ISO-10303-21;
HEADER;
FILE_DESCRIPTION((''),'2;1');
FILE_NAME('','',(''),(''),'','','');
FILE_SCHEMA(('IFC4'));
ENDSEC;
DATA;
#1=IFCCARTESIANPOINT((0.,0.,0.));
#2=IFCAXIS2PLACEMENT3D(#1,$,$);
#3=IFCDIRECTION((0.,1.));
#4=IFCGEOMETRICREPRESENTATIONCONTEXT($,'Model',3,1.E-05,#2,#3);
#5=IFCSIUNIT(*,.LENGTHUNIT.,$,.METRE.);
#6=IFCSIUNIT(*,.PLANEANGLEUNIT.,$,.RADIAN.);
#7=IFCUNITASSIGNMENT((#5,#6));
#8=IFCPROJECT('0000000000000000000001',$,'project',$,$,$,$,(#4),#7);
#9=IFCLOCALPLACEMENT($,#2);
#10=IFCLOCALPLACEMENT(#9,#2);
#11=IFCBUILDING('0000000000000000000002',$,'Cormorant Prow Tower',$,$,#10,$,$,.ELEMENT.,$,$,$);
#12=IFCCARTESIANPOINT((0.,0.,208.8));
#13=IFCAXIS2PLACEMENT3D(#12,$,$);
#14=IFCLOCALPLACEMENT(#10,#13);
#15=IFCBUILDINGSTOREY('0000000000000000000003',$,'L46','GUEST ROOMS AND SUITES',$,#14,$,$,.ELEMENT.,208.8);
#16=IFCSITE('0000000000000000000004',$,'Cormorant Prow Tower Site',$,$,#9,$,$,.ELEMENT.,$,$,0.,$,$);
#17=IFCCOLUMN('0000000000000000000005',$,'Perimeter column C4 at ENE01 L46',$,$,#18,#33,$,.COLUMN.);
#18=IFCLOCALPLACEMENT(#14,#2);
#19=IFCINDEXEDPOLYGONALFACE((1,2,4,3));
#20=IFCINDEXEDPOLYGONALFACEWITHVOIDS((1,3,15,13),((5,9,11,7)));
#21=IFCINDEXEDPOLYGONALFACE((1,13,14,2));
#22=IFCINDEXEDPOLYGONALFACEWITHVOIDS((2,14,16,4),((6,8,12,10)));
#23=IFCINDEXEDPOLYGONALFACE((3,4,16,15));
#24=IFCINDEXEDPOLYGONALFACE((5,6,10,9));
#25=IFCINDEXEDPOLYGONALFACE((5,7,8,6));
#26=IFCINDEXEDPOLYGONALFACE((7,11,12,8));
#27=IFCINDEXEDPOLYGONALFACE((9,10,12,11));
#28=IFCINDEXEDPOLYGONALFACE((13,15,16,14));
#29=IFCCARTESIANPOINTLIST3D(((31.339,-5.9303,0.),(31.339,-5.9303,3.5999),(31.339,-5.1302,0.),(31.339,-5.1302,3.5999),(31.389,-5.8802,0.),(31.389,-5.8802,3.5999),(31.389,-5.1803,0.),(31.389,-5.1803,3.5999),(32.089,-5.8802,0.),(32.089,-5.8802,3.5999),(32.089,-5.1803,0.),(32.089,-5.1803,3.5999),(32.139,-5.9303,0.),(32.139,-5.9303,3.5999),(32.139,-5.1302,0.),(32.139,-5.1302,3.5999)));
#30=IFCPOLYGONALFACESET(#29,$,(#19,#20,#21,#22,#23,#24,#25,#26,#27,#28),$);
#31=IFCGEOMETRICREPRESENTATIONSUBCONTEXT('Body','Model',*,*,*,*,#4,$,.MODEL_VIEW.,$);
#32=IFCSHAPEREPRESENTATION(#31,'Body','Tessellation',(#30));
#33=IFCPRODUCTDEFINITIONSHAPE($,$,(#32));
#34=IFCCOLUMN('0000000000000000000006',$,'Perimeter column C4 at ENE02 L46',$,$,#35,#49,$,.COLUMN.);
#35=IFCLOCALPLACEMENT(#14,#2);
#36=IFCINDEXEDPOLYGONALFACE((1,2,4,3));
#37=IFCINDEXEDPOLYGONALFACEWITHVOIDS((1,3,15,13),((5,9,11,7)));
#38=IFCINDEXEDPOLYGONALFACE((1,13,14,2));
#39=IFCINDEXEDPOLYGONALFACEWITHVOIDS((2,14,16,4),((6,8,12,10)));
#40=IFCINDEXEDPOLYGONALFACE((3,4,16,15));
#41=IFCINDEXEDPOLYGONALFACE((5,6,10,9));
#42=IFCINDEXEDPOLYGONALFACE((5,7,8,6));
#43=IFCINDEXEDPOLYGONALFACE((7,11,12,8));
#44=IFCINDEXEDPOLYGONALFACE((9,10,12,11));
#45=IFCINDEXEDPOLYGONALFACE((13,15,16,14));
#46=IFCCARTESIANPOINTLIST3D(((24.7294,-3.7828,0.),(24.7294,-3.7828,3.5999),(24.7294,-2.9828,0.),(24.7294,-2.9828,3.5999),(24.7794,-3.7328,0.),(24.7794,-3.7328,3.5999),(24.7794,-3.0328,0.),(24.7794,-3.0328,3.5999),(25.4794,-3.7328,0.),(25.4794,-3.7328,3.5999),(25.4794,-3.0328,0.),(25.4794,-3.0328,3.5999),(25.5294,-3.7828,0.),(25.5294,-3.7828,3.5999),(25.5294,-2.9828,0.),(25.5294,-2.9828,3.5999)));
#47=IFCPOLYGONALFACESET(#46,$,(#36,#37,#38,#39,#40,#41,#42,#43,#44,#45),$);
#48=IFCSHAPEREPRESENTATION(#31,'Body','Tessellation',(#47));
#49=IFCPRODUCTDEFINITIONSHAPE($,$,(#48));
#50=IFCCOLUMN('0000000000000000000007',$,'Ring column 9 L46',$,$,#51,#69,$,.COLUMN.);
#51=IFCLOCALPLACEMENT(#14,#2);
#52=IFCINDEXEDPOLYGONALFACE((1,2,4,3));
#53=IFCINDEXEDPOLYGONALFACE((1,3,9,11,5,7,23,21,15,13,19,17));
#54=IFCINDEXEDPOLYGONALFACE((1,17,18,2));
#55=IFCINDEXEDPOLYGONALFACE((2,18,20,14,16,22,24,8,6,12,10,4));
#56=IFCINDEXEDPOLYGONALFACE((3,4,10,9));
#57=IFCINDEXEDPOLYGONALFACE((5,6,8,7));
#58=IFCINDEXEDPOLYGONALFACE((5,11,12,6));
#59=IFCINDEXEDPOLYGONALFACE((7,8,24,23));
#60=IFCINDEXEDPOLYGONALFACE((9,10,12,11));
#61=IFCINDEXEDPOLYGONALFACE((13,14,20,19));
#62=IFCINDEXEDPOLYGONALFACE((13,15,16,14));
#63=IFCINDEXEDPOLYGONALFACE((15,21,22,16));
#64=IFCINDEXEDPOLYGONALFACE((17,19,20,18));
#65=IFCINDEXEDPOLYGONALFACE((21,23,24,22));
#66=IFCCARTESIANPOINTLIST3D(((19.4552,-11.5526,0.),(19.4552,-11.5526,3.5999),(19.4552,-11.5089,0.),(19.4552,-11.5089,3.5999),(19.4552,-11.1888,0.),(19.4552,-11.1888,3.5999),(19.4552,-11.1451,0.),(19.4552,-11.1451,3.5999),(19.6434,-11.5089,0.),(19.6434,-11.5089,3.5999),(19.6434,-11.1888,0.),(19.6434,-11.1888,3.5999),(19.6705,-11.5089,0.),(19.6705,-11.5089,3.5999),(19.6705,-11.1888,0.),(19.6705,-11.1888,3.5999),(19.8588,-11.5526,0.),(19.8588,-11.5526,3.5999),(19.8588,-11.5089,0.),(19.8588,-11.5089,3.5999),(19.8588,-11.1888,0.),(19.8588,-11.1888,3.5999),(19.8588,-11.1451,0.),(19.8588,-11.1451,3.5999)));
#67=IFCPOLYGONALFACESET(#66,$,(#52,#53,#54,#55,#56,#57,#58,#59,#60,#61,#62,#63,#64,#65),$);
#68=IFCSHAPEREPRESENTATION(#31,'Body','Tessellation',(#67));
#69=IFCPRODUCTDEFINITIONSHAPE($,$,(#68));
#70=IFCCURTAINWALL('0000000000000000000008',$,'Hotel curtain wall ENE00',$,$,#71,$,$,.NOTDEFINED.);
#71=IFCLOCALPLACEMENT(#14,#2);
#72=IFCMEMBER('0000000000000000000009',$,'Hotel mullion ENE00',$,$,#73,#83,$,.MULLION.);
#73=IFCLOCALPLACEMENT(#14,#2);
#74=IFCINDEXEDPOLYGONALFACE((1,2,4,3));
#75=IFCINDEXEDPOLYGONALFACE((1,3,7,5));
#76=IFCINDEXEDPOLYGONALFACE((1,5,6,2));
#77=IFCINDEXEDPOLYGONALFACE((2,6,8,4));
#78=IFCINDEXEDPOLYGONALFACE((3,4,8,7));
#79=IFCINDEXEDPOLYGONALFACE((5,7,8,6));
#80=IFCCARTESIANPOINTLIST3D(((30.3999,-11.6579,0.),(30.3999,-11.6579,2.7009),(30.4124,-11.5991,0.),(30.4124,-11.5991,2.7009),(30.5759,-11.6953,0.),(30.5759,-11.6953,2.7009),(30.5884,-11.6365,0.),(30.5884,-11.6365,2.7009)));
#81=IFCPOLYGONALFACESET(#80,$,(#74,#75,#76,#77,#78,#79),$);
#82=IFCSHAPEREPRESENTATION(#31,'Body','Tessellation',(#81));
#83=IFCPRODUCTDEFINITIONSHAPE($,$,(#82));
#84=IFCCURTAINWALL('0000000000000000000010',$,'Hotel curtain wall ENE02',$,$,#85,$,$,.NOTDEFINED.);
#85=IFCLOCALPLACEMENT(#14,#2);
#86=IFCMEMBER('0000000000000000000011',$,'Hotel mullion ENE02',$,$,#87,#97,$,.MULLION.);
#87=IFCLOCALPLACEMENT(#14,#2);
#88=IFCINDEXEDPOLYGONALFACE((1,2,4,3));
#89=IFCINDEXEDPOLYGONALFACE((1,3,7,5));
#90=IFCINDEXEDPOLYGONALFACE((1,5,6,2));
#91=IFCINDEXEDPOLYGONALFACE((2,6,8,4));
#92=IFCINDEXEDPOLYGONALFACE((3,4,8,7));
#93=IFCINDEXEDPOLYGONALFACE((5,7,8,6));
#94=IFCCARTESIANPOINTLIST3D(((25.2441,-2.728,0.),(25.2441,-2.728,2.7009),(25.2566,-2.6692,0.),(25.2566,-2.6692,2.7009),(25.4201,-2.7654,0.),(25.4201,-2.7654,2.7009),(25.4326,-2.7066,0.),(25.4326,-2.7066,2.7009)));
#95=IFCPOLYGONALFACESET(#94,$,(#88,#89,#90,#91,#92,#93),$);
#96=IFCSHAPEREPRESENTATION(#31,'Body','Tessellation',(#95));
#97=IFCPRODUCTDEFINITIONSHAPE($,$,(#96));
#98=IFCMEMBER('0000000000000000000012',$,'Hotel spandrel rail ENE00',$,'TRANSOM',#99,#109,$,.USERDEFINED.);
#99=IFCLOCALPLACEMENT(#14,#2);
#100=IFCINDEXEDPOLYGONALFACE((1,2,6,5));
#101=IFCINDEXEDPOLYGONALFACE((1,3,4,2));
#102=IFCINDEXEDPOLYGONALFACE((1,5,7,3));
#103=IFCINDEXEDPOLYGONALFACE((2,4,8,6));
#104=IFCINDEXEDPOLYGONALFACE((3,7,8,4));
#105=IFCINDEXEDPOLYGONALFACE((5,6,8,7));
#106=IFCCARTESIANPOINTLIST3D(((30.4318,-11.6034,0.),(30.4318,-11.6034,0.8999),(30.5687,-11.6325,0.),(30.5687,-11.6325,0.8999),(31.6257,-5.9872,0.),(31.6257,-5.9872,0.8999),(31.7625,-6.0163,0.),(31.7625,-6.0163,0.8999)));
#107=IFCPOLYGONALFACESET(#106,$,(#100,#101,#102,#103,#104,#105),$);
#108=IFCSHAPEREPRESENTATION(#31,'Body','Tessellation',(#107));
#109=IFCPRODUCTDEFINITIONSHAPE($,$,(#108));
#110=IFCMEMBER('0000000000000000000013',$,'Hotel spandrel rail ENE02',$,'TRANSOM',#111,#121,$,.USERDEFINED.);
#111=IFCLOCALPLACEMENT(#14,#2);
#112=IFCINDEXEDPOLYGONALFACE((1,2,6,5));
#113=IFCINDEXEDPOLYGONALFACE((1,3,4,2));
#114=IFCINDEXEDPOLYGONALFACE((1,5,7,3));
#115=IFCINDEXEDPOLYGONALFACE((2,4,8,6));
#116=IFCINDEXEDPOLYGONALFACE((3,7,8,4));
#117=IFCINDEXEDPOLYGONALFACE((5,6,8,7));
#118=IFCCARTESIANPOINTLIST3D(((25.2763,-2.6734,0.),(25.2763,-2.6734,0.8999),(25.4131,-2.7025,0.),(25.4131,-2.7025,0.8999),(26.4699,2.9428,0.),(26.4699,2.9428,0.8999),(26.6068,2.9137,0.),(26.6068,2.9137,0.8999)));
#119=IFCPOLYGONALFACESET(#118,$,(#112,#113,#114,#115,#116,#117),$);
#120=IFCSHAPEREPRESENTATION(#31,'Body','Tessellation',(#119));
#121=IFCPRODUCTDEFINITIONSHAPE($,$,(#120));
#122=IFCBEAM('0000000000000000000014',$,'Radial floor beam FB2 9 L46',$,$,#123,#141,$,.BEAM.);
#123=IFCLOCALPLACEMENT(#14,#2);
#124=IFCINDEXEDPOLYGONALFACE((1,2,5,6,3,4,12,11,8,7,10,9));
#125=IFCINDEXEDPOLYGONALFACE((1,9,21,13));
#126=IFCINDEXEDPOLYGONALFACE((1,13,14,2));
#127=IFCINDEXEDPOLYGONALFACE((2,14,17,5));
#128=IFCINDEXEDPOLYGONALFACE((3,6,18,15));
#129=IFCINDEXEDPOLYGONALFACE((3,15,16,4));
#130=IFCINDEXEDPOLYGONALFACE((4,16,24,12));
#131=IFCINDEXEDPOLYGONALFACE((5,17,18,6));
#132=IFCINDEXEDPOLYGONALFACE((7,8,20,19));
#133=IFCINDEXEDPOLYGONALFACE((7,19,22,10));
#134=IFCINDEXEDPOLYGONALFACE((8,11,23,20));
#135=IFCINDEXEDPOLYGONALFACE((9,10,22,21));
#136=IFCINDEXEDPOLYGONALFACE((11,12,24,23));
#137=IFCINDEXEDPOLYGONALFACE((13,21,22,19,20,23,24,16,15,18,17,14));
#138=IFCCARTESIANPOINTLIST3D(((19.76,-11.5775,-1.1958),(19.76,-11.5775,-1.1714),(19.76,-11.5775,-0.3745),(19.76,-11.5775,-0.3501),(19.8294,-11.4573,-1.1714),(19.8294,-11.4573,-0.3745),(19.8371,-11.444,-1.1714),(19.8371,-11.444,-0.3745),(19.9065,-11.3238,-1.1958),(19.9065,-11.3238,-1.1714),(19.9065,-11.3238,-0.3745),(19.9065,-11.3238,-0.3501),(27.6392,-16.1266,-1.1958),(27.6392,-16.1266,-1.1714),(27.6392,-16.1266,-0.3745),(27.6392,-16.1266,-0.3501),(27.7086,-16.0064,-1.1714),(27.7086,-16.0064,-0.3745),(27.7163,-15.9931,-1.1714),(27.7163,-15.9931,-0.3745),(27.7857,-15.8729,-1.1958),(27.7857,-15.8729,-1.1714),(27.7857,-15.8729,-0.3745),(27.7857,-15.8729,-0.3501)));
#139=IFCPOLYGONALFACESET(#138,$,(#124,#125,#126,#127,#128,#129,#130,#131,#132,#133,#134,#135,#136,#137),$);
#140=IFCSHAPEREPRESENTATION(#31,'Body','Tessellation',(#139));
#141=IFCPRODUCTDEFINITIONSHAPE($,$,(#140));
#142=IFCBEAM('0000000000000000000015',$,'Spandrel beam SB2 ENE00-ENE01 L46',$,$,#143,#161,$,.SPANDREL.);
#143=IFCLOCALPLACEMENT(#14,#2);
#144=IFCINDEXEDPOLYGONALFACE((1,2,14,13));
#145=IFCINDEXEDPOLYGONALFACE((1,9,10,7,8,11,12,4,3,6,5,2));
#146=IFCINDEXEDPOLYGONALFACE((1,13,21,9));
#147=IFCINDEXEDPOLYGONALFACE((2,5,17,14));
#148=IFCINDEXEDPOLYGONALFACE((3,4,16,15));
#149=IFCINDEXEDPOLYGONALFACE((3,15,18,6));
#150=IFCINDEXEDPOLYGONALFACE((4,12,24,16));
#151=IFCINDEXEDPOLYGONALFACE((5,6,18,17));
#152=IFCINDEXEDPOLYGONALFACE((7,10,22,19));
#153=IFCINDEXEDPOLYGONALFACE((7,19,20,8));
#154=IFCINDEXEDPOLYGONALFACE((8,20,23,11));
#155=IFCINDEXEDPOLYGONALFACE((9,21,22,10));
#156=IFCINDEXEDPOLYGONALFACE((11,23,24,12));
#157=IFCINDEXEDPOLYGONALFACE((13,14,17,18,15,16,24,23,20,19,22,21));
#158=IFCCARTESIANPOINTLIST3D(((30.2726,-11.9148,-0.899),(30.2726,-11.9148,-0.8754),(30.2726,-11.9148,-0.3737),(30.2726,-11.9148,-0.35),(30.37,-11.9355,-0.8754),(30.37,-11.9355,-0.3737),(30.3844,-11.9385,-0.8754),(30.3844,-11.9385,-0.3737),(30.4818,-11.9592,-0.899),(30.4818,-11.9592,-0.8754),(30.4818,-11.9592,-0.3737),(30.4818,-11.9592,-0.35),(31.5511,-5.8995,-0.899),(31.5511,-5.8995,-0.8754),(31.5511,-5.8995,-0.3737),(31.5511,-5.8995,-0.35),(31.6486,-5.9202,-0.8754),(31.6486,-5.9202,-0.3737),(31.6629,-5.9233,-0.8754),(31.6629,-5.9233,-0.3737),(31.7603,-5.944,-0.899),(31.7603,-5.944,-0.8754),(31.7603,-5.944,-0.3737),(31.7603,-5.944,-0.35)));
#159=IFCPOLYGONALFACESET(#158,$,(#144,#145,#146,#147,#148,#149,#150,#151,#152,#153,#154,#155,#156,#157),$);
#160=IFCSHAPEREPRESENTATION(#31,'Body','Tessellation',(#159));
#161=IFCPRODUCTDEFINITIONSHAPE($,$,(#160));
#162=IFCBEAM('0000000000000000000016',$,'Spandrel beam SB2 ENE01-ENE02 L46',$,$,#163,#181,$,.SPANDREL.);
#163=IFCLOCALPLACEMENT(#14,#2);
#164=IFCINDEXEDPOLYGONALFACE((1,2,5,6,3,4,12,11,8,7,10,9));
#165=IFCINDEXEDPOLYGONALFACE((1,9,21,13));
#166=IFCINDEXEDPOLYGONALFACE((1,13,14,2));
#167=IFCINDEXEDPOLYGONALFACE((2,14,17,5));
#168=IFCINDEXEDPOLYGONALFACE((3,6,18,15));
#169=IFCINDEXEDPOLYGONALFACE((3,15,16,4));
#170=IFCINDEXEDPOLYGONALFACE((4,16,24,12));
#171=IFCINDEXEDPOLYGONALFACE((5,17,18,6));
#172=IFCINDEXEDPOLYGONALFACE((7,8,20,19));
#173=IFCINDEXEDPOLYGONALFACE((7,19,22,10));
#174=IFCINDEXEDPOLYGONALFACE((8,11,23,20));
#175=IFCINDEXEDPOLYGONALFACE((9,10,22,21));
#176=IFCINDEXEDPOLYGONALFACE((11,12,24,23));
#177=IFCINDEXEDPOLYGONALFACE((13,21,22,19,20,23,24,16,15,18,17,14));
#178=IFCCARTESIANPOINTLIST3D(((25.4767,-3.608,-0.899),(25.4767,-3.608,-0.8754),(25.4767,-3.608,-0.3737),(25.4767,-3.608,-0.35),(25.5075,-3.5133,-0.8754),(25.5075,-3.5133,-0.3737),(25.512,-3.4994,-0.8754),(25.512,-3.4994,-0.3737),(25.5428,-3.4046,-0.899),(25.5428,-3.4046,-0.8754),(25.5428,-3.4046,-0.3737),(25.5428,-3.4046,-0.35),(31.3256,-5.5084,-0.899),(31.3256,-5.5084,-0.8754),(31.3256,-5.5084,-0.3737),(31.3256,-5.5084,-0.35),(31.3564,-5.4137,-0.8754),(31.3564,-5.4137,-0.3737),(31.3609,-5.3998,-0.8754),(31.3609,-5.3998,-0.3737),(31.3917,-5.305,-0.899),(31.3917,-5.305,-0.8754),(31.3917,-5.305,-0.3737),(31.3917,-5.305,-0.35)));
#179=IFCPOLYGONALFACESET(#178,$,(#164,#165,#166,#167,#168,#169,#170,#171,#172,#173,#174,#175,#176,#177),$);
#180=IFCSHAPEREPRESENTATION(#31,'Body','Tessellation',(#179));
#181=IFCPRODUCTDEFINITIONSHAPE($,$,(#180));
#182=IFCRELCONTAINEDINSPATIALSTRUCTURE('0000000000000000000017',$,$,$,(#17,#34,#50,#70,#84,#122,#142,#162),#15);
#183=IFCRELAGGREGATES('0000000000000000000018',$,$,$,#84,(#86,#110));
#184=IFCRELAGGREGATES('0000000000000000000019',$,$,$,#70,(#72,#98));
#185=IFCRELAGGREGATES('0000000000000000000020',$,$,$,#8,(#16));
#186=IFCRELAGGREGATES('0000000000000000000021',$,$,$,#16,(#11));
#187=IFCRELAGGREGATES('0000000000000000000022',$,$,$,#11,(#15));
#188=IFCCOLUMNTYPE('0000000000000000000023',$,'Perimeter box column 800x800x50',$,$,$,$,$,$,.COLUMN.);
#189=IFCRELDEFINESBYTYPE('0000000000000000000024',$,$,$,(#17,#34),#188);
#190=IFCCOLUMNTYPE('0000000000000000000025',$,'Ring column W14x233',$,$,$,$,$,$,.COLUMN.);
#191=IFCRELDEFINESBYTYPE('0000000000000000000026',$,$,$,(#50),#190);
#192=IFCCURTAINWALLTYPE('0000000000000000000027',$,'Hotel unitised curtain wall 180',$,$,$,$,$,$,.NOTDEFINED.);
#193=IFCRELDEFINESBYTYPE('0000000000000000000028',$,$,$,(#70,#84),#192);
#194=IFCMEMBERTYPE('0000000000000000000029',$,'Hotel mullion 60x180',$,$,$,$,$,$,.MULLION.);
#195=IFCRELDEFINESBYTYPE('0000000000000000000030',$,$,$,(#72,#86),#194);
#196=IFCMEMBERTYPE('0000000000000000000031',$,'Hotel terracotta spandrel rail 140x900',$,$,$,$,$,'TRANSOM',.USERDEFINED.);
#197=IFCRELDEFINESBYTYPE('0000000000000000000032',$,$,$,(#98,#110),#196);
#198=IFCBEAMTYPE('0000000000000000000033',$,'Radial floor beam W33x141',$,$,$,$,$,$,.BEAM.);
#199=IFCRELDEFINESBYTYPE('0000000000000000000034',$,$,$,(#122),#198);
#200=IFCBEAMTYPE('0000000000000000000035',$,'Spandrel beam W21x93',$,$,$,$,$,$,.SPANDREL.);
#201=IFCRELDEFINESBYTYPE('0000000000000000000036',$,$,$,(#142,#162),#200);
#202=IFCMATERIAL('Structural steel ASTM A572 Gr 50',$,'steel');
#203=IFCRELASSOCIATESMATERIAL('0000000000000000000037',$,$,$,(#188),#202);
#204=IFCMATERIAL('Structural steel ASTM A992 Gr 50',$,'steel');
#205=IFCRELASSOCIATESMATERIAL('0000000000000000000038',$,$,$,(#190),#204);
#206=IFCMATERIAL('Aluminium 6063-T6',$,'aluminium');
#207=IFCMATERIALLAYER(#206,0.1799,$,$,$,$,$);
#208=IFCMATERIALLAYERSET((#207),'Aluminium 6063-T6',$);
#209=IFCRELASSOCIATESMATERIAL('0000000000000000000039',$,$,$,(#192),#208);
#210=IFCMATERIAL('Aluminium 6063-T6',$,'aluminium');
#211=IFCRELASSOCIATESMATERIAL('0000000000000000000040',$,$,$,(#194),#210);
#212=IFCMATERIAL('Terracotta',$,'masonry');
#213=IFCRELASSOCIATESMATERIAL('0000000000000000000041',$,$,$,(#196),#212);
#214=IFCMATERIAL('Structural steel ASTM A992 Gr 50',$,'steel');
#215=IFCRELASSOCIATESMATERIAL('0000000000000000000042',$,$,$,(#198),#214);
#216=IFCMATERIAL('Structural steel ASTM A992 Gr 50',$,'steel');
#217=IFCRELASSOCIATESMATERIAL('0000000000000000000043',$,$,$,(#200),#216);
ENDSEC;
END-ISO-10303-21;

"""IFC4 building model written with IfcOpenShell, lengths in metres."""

from ifc_helpers import new_model, si_unit, direction, frame, origin, origin_2d, place, context, subcontext, project, spatial, rectangle, hollow_rectangle, i_section, extrude, material, layer, layer_set, material_profile, profile_set, type_object, element, aggregate, save


model = new_model("IFC4")

# Units and contexts
model_context = context("Model", 3, precision=1e-05, world=origin(), true_north=direction((0.0, 1.0)))
body_context = subcontext(model_context, "Body", "Model", "MODEL_VIEW")
ifc_project = project(units=[si_unit("LENGTHUNIT", "METRE"), si_unit("PLANEANGLEUNIT", "RADIAN")], contexts=[model_context])

# Site, building, storey
site_placement = place(None, origin())
site = spatial("IfcSite", under=ifc_project, at=site_placement, Name="Cormorant Prow Tower Site", CompositionType="ELEMENT", RefElevation=0.0)
building_placement = place(site_placement, origin())
building = spatial("IfcBuilding", under=site, at=building_placement, Name="Cormorant Prow Tower", CompositionType="ELEMENT")
storey_placement = place(building_placement, frame((0.0, 0.0, 208.8)))
storey = spatial("IfcBuildingStorey", under=building, at=storey_placement, Name="L46", Description="GUEST ROOMS AND SUITES", CompositionType="ELEMENT", Elevation=208.8)

# Columns
ifc_material_1 = material(Name="Structural steel ASTM A572 Gr 50", Category="steel")
ifc_material_profile_1 = material_profile(ifc_material_1, hollow_rectangle(XDim=0.8, YDim=0.8, WallThickness=0.05, at=origin_2d()), Name="Box 800x800x50")
ifc_profile_set_1 = profile_set([ifc_material_profile_1], Name="Structural steel ASTM A572 Gr 50")
column_type_1 = type_object("IfcColumnType", Name="Perimeter box column 800x800x50", PredefinedType="COLUMN", material=ifc_profile_set_1)
for number, where, z_axis, x_axis, name in (
    (1, (31.739, -5.5303, 0.0), (0.0, 0.0, 1.0), (1.0, 0.0, 0.0), "Perimeter column C4 at ENE01 L46"),
    (2, (25.1294, -3.3828, 0.0), (0.0, 0.0, 1.0), (1.0, 0.0, 0.0), "Perimeter column C4 at ENE02 L46"),
):
    element("IfcColumn", number, at=place(storey_placement, frame(where, z_axis=z_axis, x_axis=x_axis)), inside=storey, type_object=column_type_1, Name=name, PredefinedType="COLUMN", context=body_context, shape_type="SweptSolid", body=[
        extrude(hollow_rectangle(XDim=0.8, YDim=0.8, WallThickness=0.05, at=origin_2d()), origin(), (0.0, 0.0, 1.0), 3.5999),
    ])
ifc_material_2 = material(Name="Structural steel ASTM A992 Gr 50", Category="steel")
ifc_material_profile_2 = material_profile(ifc_material_2, i_section(OverallWidth=0.4036, OverallDepth=0.4075, WebThickness=0.0271, FlangeThickness=0.0437, at=origin_2d()), Name="W14x233")
ifc_profile_set_2 = profile_set([ifc_material_profile_2], Name="Structural steel ASTM A992 Gr 50")
column_type_2 = type_object("IfcColumnType", Name="Ring column W14x233", PredefinedType="COLUMN", material=ifc_profile_set_2)
column_placement = place(storey_placement, frame((19.657, -11.3489, 0.0), z_axis=(0.0, 0.0, 1.0), x_axis=(1.0, 0.0, 0.0)))
element("IfcColumn", 3, at=column_placement, inside=storey, type_object=column_type_2, Name="Ring column 9 L46", PredefinedType="COLUMN", context=body_context, shape_type="SweptSolid", body=[
    extrude(i_section(OverallWidth=0.4036, OverallDepth=0.4075, WebThickness=0.0271, FlangeThickness=0.0437, at=origin_2d()), origin(), (0.0, 0.0, 1.0), 3.5999),
])

# Curtain walls, members
ifc_material_3 = material(Name="Aluminium 6063-T6", Category="aluminium")
ifc_layer_1 = layer(ifc_material_3, 0.1799)
ifc_layer_set_1 = layer_set([ifc_layer_1], Name="Aluminium 6063-T6")
curtain_wall_type = type_object("IfcCurtainWallType", Name="Hotel unitised curtain wall 180", PredefinedType="NOTDEFINED", material=ifc_layer_set_1)
curtain_wall_1_placement = place(storey_placement, origin())
curtain_wall_1 = element("IfcCurtainWall", 4, at=curtain_wall_1_placement, inside=storey, type_object=curtain_wall_type, Name="Hotel curtain wall ENE00", PredefinedType="NOTDEFINED")
ifc_material_4 = material(Name="Aluminium 6063-T6", Category="aluminium")
ifc_material_profile_3 = material_profile(ifc_material_4, rectangle(XDim=0.1799, YDim=0.0601, at=origin_2d()), Name="Hotel mullion 60x180")
ifc_profile_set_3 = profile_set([ifc_material_profile_3], Name="Aluminium 6063-T6")
member_type_1 = type_object("IfcMemberType", Name="Hotel mullion 60x180", PredefinedType="MULLION", material=ifc_profile_set_3)
member_1_placement = place(storey_placement, frame((30.4941, -11.6472, 0.0), z_axis=(0.0, 0.0, 1.0), x_axis=(-0.978148, 0.207912, 0.0)))
member_1 = element("IfcMember", 5, at=member_1_placement, type_object=member_type_1, Name="Hotel mullion ENE00", PredefinedType="MULLION", context=body_context, shape_type="SweptSolid", body=[
    extrude(rectangle(XDim=0.1799, YDim=0.0601, at=origin_2d()), origin(), (0.0, 0.0, 1.0), 2.7009),
])
curtain_wall_2_placement = place(storey_placement, origin())
curtain_wall_2 = element("IfcCurtainWall", 6, at=curtain_wall_2_placement, inside=storey, type_object=curtain_wall_type, Name="Hotel curtain wall ENE02", PredefinedType="NOTDEFINED")
member_2_placement = place(storey_placement, frame((25.3384, -2.7173, 0.0), z_axis=(0.0, 0.0, 1.0), x_axis=(-0.978148, 0.207912, 0.0)))
member_2 = element("IfcMember", 7, at=member_2_placement, type_object=member_type_1, Name="Hotel mullion ENE02", PredefinedType="MULLION", context=body_context, shape_type="SweptSolid", body=[
    extrude(rectangle(XDim=0.1799, YDim=0.0601, at=origin_2d()), origin(), (0.0, 0.0, 1.0), 2.7009),
])

# Members
ifc_material_5 = material(Name="Terracotta", Category="masonry")
ifc_material_profile_4 = material_profile(ifc_material_5, rectangle(XDim=0.1399, YDim=0.8999, at=origin_2d()), Name="Hotel terracotta spandrel rail 140x900")
ifc_profile_set_4 = profile_set([ifc_material_profile_4], Name="Terracotta")
member_type_2 = type_object("IfcMemberType", Name="Hotel terracotta spandrel rail 140x900", ElementType="TRANSOM", PredefinedType="USERDEFINED", material=ifc_profile_set_4)
member_3_placement = place(storey_placement, frame((30.5002, -11.6179, 0.45), z_axis=(0.207926, 0.978145, 0.0), x_axis=(-0.978145, 0.207926, 0.0)))
member_3 = element("IfcMember", 8, at=member_3_placement, type_object=member_type_2, Name="Hotel spandrel rail ENE00", ObjectType="TRANSOM", PredefinedType="USERDEFINED", context=body_context, shape_type="SweptSolid", body=[
    extrude(rectangle(XDim=0.1399, YDim=0.8999, at=origin_2d()), origin(), (0.0, 0.0, 1.0), 5.7417),
])
member_4_placement = place(storey_placement, frame((25.3447, -2.688, 0.45), z_axis=(0.207885, 0.978153, 0.0), x_axis=(-0.978153, 0.207885, 0.0)))
member_4 = element("IfcMember", 9, at=member_4_placement, type_object=member_type_2, Name="Hotel spandrel rail ENE02", ObjectType="TRANSOM", PredefinedType="USERDEFINED", context=body_context, shape_type="SweptSolid", body=[
    extrude(rectangle(XDim=0.1399, YDim=0.8999, at=origin_2d()), origin(), (0.0, 0.0, 1.0), 5.7417),
])
aggregate(curtain_wall_2, [member_2, member_4])

# Beams
ifc_material_6 = material(Name="Structural steel ASTM A992 Gr 50", Category="steel")
ifc_material_profile_5 = material_profile(ifc_material_6, i_section(OverallWidth=0.293, OverallDepth=0.8457, WebThickness=0.0154, FlangeThickness=0.0244, at=origin_2d()), Name="W33x141")
ifc_profile_set_5 = profile_set([ifc_material_profile_5], Name="Structural steel ASTM A992 Gr 50")
beam_type_1 = type_object("IfcBeamType", Name="Radial floor beam W33x141", PredefinedType="BEAM", material=ifc_profile_set_5)
beam_1_placement = place(storey_placement, frame((19.8333, -11.4507, -0.7729), z_axis=(0.866023, -0.500004, 0.0), x_axis=(0.500004, 0.866023, 0.0)))
element("IfcBeam", 10, at=beam_1_placement, inside=storey, type_object=beam_type_1, Name="Radial floor beam FB2 9 L46", PredefinedType="BEAM", context=body_context, shape_type="SweptSolid", body=[
    extrude(i_section(OverallWidth=0.293, OverallDepth=0.8457, WebThickness=0.0154, FlangeThickness=0.0244, at=origin_2d()), origin(), (0.0, 0.0, 1.0), 9.0981),
])
ifc_material_7 = material(Name="Structural steel ASTM A992 Gr 50", Category="steel")
ifc_material_profile_6 = material_profile(ifc_material_7, i_section(OverallWidth=0.2139, OverallDepth=0.5491, WebThickness=0.0146, FlangeThickness=0.0237, at=origin_2d()), Name="W21x93")
ifc_profile_set_6 = profile_set([ifc_material_profile_6], Name="Structural steel ASTM A992 Gr 50")
beam_type_2 = type_object("IfcBeamType", Name="Spandrel beam W21x93", PredefinedType="SPANDREL", material=ifc_profile_set_6)
beam_2_placement = place(storey_placement, frame((30.3772, -11.937, -0.6245), z_axis=(0.207905, 0.978149, 0.0), x_axis=(-0.978149, 0.207905, 0.0)))
element("IfcBeam", 11, at=beam_2_placement, inside=storey, type_object=beam_type_2, Name="Spandrel beam SB2 ENE00-ENE01 L46", PredefinedType="SPANDREL", context=body_context, shape_type="SweptSolid", body=[
    extrude(i_section(OverallWidth=0.2139, OverallDepth=0.5491, WebThickness=0.0146, FlangeThickness=0.0237, at=origin_2d()), origin(), (0.0, 0.0, 1.0), 6.1497),
])
beam_3_placement = place(storey_placement, frame((31.3586, -5.4067, -0.6245), z_axis=(-0.951058, 0.309013, 0.0), x_axis=(-0.309013, -0.951058, 0.0)))
element("IfcBeam", 12, at=beam_3_placement, inside=storey, type_object=beam_type_2, Name="Spandrel beam SB2 ENE01-ENE02 L46", PredefinedType="SPANDREL", context=body_context, shape_type="SweptSolid", body=[
    extrude(i_section(OverallWidth=0.2139, OverallDepth=0.5491, WebThickness=0.0146, FlangeThickness=0.0237, at=origin_2d()), origin(), (0.0, 0.0, 1.0), 6.1499),
])

aggregate(curtain_wall_1, [member_1, member_3])

save(model, "model.ifc")
